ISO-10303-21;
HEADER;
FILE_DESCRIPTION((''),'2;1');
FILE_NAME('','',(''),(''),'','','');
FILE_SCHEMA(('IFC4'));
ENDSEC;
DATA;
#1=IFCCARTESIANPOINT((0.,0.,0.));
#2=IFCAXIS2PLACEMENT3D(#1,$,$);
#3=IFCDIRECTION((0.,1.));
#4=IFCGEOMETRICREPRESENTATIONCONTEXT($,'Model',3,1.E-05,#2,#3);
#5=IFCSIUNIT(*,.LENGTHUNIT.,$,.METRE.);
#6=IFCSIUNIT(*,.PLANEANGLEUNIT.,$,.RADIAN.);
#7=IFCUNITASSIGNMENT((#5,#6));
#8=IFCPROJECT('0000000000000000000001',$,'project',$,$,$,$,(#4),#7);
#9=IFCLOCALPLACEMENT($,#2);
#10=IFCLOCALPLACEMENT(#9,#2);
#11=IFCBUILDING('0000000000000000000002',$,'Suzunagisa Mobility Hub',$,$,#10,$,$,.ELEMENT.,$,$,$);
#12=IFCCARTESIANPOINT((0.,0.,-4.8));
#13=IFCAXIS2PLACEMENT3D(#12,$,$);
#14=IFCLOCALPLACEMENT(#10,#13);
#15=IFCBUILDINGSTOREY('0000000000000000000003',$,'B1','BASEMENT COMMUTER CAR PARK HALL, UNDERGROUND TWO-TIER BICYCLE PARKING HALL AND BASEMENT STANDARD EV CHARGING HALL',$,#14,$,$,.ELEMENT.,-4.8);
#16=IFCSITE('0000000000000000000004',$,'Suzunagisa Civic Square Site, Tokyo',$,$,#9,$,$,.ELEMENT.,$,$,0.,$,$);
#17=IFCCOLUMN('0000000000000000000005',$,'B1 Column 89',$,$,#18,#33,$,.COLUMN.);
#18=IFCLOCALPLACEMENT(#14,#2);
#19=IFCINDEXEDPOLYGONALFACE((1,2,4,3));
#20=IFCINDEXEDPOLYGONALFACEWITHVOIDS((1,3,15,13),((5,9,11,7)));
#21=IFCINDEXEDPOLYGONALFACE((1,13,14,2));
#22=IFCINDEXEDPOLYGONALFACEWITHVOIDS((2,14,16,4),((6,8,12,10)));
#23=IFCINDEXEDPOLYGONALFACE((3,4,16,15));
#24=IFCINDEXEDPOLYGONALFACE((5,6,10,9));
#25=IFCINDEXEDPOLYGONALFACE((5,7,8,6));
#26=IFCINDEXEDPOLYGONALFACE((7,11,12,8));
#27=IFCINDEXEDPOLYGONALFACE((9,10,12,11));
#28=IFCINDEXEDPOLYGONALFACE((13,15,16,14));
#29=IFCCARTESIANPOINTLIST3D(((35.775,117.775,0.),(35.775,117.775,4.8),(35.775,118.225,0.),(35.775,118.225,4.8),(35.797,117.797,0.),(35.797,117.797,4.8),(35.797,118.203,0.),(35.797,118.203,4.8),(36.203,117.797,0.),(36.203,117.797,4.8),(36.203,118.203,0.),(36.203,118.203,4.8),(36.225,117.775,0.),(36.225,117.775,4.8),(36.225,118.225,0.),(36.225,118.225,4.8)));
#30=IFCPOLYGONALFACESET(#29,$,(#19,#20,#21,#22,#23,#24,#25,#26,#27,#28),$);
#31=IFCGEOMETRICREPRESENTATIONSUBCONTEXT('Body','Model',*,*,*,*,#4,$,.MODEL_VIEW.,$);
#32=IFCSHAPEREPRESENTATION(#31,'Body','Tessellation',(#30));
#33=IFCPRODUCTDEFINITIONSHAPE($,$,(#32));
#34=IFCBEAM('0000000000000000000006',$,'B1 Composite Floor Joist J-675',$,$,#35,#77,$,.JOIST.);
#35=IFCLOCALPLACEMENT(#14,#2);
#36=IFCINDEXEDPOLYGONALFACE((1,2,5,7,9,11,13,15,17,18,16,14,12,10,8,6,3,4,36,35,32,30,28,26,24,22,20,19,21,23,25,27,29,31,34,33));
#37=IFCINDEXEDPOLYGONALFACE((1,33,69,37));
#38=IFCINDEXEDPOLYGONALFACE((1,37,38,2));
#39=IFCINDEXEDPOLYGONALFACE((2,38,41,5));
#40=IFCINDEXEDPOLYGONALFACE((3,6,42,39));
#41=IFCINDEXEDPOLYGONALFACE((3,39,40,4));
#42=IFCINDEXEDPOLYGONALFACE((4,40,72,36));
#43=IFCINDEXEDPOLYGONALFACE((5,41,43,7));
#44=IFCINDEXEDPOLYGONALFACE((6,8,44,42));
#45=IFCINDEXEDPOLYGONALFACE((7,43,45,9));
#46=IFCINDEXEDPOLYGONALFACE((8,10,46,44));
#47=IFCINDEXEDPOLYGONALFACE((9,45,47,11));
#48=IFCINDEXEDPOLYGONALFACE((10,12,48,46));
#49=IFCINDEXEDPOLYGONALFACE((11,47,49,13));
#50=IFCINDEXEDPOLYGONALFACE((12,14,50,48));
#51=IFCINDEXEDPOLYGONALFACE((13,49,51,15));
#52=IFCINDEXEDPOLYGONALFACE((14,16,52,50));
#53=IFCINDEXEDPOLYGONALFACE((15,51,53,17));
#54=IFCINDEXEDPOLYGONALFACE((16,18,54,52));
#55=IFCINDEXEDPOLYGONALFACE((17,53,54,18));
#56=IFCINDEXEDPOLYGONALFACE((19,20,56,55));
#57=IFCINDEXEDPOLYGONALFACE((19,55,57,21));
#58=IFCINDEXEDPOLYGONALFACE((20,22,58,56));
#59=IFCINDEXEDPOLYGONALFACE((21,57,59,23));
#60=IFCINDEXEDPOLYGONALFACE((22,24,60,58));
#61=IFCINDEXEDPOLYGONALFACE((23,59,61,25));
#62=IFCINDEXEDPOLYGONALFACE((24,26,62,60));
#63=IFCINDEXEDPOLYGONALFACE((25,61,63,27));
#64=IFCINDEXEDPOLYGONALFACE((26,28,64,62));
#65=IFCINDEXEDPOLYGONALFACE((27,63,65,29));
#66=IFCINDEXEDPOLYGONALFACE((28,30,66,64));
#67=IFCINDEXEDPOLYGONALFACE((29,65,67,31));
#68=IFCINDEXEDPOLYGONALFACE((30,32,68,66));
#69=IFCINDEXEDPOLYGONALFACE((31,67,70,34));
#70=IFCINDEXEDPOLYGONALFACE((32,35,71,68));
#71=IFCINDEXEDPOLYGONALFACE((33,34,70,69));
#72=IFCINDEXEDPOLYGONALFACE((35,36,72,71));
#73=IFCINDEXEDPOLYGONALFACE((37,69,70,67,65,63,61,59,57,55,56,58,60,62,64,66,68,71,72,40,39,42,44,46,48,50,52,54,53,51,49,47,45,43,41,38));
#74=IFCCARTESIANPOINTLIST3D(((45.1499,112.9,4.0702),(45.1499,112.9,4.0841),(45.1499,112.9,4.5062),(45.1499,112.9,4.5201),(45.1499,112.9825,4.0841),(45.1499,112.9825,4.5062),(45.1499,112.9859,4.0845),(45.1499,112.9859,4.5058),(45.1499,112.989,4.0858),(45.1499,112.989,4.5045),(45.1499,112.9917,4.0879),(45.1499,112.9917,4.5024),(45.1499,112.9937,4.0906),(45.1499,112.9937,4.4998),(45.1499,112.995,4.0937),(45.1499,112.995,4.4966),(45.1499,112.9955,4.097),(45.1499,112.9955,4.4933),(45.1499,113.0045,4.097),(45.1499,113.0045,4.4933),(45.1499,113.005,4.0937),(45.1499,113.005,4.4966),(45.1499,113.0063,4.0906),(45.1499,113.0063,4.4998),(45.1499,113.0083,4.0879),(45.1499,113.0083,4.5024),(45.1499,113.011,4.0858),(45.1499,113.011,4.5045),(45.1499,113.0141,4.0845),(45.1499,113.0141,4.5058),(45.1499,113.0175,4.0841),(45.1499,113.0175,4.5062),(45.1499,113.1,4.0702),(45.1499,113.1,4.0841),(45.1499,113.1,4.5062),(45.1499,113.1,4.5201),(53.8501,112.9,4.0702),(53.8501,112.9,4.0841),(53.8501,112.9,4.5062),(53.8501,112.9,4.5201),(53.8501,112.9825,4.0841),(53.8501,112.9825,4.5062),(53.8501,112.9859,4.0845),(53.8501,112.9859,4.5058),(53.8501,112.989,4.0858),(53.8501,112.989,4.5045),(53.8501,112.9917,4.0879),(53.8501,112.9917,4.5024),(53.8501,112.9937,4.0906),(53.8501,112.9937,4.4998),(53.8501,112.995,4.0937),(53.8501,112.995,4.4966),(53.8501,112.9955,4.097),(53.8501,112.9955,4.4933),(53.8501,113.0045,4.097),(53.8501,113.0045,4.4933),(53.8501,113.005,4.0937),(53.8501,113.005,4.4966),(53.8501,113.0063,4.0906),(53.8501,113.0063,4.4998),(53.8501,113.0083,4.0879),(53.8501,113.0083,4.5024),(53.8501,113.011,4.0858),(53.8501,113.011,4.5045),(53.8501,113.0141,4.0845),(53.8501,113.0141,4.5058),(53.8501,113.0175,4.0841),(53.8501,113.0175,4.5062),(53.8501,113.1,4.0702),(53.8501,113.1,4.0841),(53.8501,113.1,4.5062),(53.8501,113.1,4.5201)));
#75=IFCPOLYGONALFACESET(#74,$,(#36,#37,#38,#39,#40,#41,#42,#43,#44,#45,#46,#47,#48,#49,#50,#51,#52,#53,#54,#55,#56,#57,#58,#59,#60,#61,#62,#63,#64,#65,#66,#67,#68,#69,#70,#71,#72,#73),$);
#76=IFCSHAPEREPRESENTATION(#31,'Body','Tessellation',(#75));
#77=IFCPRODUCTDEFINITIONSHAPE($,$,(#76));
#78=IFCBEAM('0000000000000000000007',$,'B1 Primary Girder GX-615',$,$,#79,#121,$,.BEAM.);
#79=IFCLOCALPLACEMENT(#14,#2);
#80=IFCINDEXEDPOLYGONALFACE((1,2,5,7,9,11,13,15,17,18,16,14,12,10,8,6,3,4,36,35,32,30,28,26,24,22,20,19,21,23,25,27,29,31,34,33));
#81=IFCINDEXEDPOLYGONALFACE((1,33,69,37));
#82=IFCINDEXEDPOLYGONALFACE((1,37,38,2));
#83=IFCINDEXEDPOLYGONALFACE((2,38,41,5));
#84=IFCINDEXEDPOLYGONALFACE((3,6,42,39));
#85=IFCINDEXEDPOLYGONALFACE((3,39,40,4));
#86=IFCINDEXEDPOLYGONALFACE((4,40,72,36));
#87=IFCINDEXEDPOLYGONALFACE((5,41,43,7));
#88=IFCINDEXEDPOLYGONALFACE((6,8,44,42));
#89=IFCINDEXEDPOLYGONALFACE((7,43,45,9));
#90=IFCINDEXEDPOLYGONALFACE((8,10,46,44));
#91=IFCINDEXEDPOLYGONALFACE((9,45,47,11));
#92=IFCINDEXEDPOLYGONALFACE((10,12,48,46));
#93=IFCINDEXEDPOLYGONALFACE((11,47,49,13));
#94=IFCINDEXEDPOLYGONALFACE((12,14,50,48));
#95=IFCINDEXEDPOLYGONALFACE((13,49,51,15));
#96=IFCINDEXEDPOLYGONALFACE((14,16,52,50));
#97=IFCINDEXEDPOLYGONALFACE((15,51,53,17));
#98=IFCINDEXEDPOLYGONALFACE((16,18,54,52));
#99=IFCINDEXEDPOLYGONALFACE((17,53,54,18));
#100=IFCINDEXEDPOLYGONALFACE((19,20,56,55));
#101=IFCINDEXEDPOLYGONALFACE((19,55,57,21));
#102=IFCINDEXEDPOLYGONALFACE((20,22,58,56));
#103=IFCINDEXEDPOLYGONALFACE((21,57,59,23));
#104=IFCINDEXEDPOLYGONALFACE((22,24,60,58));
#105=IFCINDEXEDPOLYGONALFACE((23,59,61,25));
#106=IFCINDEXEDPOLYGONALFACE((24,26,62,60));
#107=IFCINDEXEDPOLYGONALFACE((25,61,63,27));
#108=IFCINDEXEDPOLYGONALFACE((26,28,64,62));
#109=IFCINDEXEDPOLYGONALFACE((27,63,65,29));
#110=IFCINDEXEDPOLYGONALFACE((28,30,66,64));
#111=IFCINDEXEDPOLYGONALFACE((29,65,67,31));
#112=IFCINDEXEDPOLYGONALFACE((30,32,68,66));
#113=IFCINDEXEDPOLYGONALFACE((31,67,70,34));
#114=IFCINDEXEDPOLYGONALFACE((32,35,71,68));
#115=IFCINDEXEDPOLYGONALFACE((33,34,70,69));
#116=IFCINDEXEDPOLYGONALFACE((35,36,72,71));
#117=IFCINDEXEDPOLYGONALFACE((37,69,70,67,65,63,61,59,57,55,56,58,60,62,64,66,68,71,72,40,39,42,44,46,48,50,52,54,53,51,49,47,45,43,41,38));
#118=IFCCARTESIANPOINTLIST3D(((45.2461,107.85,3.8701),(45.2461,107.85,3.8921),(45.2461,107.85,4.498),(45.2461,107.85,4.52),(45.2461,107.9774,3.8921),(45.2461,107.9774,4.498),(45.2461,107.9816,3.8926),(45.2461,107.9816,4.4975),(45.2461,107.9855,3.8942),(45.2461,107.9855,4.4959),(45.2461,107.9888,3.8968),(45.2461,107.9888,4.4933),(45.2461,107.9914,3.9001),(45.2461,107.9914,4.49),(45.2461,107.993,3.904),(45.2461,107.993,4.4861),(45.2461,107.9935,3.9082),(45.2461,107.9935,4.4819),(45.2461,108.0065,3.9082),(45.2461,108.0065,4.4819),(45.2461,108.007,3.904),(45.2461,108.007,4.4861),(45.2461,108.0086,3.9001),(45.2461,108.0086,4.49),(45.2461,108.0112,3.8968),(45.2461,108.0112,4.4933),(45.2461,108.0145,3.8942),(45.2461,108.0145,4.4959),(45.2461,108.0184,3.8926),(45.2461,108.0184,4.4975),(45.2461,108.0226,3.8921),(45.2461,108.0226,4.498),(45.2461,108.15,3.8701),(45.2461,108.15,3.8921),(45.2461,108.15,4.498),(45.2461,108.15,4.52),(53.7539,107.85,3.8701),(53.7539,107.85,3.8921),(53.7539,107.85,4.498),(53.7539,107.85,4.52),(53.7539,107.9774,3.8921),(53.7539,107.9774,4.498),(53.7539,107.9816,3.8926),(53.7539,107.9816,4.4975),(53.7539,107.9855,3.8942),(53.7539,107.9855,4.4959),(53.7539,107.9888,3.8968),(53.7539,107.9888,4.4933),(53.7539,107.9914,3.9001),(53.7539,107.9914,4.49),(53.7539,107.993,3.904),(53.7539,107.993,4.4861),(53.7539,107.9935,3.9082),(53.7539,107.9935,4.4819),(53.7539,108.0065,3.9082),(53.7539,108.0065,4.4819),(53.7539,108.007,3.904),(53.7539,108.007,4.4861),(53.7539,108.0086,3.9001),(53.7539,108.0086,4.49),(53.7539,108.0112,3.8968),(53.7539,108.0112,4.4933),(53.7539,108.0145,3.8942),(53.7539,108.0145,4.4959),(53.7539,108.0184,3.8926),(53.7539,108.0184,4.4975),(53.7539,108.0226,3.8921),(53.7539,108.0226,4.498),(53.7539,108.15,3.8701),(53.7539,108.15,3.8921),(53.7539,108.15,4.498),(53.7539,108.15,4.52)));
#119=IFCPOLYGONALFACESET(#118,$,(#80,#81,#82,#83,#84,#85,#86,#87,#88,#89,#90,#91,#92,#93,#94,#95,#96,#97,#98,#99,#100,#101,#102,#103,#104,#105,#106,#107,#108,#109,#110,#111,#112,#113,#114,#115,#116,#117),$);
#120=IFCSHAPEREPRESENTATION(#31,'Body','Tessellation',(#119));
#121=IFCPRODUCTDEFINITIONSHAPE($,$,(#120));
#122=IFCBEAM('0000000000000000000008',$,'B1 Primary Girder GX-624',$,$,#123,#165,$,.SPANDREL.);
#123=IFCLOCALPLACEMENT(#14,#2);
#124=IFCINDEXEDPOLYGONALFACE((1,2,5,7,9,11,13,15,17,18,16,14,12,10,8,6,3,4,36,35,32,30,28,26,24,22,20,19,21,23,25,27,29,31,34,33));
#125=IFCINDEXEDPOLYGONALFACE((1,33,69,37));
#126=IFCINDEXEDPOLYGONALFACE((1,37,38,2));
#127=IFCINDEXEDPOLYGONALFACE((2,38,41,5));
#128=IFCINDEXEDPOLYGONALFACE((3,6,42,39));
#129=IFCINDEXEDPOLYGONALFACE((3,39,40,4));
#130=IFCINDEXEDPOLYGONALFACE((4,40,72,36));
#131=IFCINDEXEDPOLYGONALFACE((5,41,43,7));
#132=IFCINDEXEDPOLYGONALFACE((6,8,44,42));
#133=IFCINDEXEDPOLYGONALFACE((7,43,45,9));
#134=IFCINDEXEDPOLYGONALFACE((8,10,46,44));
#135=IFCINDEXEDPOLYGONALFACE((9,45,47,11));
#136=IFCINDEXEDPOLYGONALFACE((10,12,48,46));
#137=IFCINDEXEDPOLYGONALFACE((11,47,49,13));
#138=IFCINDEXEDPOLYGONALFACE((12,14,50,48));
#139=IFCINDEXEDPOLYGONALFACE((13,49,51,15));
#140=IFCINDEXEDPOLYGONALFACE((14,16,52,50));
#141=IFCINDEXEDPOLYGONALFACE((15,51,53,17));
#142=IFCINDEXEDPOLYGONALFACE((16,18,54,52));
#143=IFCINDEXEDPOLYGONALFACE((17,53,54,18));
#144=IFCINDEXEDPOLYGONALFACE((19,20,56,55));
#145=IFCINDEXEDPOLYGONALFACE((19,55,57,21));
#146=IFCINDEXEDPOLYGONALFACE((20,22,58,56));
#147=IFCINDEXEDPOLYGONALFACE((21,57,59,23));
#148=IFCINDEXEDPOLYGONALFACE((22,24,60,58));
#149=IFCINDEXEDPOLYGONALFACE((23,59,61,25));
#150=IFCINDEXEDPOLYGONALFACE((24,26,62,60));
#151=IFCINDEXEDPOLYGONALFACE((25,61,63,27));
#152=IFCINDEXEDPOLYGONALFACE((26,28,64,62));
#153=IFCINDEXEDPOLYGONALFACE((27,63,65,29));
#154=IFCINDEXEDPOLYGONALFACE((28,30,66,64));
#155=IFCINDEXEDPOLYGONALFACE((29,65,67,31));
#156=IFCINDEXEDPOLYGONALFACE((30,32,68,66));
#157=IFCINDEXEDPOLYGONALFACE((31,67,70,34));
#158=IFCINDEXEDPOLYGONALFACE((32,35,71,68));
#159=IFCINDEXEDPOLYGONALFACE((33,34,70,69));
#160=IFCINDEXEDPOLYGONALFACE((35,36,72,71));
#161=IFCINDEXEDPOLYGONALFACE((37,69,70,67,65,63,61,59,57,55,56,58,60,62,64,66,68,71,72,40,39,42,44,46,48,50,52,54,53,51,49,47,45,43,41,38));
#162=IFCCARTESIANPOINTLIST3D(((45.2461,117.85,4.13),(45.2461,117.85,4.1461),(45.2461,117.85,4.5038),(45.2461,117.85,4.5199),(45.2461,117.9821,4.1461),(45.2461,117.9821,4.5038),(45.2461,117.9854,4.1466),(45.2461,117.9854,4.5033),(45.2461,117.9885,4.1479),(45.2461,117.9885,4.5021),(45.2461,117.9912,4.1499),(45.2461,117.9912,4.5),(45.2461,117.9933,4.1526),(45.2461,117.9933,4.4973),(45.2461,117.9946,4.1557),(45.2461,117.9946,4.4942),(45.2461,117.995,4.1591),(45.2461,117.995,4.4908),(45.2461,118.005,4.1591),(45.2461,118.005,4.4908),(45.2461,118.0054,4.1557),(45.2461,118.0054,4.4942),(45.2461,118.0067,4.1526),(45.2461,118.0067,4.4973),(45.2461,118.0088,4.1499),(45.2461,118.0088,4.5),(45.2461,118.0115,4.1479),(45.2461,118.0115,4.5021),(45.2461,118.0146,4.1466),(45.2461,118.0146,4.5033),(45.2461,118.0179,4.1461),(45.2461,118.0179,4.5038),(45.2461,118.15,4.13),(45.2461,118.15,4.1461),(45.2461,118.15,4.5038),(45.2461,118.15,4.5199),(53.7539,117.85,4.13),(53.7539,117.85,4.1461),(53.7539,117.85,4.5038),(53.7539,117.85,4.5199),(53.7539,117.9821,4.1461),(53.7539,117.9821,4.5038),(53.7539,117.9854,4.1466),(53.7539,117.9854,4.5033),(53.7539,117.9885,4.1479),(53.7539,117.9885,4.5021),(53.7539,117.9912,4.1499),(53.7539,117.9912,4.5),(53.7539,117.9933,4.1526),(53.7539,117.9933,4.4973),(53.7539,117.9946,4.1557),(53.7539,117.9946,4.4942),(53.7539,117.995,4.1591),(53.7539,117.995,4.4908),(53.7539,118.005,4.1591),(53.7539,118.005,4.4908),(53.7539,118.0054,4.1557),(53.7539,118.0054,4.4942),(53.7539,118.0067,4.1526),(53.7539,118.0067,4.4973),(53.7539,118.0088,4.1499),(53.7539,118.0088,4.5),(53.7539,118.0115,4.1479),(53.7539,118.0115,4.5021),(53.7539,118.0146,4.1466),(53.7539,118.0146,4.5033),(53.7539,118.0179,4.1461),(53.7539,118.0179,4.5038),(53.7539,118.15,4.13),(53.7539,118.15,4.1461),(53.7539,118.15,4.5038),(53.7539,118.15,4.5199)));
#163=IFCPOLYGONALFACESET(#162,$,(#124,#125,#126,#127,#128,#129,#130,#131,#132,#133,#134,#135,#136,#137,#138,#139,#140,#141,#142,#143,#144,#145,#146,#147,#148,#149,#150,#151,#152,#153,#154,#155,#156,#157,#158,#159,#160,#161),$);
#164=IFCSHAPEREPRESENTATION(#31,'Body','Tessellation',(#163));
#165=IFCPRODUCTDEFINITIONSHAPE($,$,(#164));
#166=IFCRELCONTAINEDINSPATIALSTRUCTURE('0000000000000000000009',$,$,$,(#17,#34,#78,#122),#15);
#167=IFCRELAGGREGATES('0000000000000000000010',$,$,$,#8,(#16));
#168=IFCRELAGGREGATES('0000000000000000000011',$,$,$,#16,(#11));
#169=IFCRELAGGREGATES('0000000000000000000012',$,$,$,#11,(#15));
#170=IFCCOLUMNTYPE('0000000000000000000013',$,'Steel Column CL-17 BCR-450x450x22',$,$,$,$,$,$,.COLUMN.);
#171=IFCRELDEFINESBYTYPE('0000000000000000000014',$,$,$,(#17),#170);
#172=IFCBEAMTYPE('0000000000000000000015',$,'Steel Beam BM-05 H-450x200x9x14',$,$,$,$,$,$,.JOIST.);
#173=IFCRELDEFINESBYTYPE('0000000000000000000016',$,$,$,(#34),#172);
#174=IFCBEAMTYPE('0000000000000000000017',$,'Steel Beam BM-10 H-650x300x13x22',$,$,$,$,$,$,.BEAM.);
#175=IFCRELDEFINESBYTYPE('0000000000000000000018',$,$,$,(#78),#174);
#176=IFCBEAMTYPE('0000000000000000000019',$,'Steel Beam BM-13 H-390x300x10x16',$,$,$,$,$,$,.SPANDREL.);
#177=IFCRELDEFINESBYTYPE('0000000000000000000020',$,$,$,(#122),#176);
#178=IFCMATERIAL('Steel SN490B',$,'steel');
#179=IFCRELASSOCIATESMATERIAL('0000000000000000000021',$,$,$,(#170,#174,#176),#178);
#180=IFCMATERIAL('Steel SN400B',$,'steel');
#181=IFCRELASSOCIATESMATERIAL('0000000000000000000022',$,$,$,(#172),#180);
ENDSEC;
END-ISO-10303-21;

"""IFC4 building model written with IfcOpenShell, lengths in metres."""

from ifc_helpers import new_model, si_unit, direction, frame, origin, origin_2d, place, context, subcontext, project, spatial, hollow_rectangle, i_section, extrude, material, material_profile, profile_set, type_object, element, save


model = new_model("IFC4")

# Units and contexts
model_context = context("Model", 3, precision=1e-05, world=origin(), true_north=direction((0.0, 1.0)))
body_context = subcontext(model_context, "Body", "Model", "MODEL_VIEW")
ifc_project = project(units=[si_unit("LENGTHUNIT", "METRE"), si_unit("PLANEANGLEUNIT", "RADIAN")], contexts=[model_context])

# Site, building, storey
site_placement = place(None, origin())
site = spatial("IfcSite", under=ifc_project, at=site_placement, Name="Suzunagisa Civic Square Site, Tokyo", CompositionType="ELEMENT", RefElevation=0.0)
building_placement = place(site_placement, origin())
building = spatial("IfcBuilding", under=site, at=building_placement, Name="Suzunagisa Mobility Hub", CompositionType="ELEMENT")
storey_placement = place(building_placement, frame((0.0, 0.0, -4.8)))
storey = spatial("IfcBuildingStorey", under=building, at=storey_placement, Name="B1", Description="BASEMENT COMMUTER CAR PARK HALL, UNDERGROUND TWO-TIER BICYCLE PARKING HALL AND BASEMENT STANDARD EV CHARGING HALL", CompositionType="ELEMENT", Elevation=-4.8)

# Column
ifc_material_1 = material(Name="Steel SN490B", Category="steel")
ifc_material_profile_1 = material_profile(ifc_material_1, hollow_rectangle(XDim=0.45, YDim=0.45, WallThickness=0.022, at=origin_2d()), Name="BCR-450x450x22")
ifc_profile_set_1 = profile_set([ifc_material_profile_1], Name="Steel SN490B")
column_type_1 = type_object("IfcColumnType", Name="Steel Column CL-17 BCR-450x450x22", PredefinedType="COLUMN", material=ifc_profile_set_1)
column_1_placement = place(storey_placement, frame((36.0, 118.0, 0.0), z_axis=(0.0, 0.0, 1.0), x_axis=(1.0, 0.0, 0.0)))
element("IfcColumn", 1, at=column_1_placement, inside=storey, type_object=column_type_1, Name="B1 Column 89", PredefinedType="COLUMN", context=body_context, shape_type="SweptSolid", body=[
    extrude(hollow_rectangle(XDim=0.45, YDim=0.45, WallThickness=0.022, at=origin_2d()), origin(), (0.0, 0.0, 1.0), 4.8),
])

# Beams
ifc_material_2 = material(Name="Steel SN400B", Category="steel")
ifc_material_profile_2 = material_profile(ifc_material_2, i_section(OverallWidth=0.2, OverallDepth=0.45, WebThickness=0.009, FlangeThickness=0.0139, FilletRadius=0.0129, at=origin_2d()), Name="H-450x200x9x14")
ifc_profile_set_2 = profile_set([ifc_material_profile_2], Name="Steel SN400B")
beam_type_1 = type_object("IfcBeamType", Name="Steel Beam BM-05 H-450x200x9x14", PredefinedType="JOIST", material=ifc_profile_set_2)
beam_1_placement = place(storey_placement, frame((45.1499, 113.0, 4.2952), z_axis=(1.0, 0.0, 0.0), x_axis=(0.0, 1.0, 0.0)))
element("IfcBeam", 2, at=beam_1_placement, inside=storey, type_object=beam_type_1, Name="B1 Composite Floor Joist J-675", PredefinedType="JOIST", context=body_context, shape_type="SweptSolid", body=[
    extrude(i_section(OverallWidth=0.2, OverallDepth=0.45, WebThickness=0.009, FlangeThickness=0.0139, FilletRadius=0.0129, at=origin_2d()), origin(), (0.0, 0.0, 1.0), 8.7002),
])
ifc_material_profile_3 = material_profile(ifc_material_1, i_section(OverallWidth=0.3, OverallDepth=0.6499, WebThickness=0.0129, FlangeThickness=0.022, FilletRadius=0.0161, at=origin_2d()), Name="H-650x300x13x22")
ifc_profile_set_3 = profile_set([ifc_material_profile_3], Name="Steel SN490B")
beam_type_2 = type_object("IfcBeamType", Name="Steel Beam BM-10 H-650x300x13x22", PredefinedType="BEAM", material=ifc_profile_set_3)
beam_2_placement = place(storey_placement, frame((45.2461, 108.0, 4.1951), z_axis=(1.0, 0.0, 0.0), x_axis=(0.0, 1.0, 0.0)))
element("IfcBeam", 3, at=beam_2_placement, inside=storey, type_object=beam_type_2, Name="B1 Primary Girder GX-615", PredefinedType="BEAM", context=body_context, shape_type="SweptSolid", body=[
    extrude(i_section(OverallWidth=0.3, OverallDepth=0.6499, WebThickness=0.0129, FlangeThickness=0.022, FilletRadius=0.0161, at=origin_2d()), origin(), (0.0, 0.0, 1.0), 8.5078),
])
ifc_material_profile_4 = material_profile(ifc_material_1, i_section(OverallWidth=0.3, OverallDepth=0.3899, WebThickness=0.01, FlangeThickness=0.0161, FilletRadius=0.0129, at=origin_2d()), Name="H-390x300x10x16")
ifc_profile_set_4 = profile_set([ifc_material_profile_4], Name="Steel SN490B")
beam_type_3 = type_object("IfcBeamType", Name="Steel Beam BM-13 H-390x300x10x16", PredefinedType="SPANDREL", material=ifc_profile_set_4)
beam_3_placement = place(storey_placement, frame((45.2461, 118.0, 4.325), z_axis=(1.0, 0.0, 0.0), x_axis=(0.0, 1.0, 0.0)))
element("IfcBeam", 4, at=beam_3_placement, inside=storey, type_object=beam_type_3, Name="B1 Primary Girder GX-624", PredefinedType="SPANDREL", context=body_context, shape_type="SweptSolid", body=[
    extrude(i_section(OverallWidth=0.3, OverallDepth=0.3899, WebThickness=0.01, FlangeThickness=0.0161, FilletRadius=0.0129, at=origin_2d()), origin(), (0.0, 0.0, 1.0), 8.5078),
])

save(model, "model.ifc")
